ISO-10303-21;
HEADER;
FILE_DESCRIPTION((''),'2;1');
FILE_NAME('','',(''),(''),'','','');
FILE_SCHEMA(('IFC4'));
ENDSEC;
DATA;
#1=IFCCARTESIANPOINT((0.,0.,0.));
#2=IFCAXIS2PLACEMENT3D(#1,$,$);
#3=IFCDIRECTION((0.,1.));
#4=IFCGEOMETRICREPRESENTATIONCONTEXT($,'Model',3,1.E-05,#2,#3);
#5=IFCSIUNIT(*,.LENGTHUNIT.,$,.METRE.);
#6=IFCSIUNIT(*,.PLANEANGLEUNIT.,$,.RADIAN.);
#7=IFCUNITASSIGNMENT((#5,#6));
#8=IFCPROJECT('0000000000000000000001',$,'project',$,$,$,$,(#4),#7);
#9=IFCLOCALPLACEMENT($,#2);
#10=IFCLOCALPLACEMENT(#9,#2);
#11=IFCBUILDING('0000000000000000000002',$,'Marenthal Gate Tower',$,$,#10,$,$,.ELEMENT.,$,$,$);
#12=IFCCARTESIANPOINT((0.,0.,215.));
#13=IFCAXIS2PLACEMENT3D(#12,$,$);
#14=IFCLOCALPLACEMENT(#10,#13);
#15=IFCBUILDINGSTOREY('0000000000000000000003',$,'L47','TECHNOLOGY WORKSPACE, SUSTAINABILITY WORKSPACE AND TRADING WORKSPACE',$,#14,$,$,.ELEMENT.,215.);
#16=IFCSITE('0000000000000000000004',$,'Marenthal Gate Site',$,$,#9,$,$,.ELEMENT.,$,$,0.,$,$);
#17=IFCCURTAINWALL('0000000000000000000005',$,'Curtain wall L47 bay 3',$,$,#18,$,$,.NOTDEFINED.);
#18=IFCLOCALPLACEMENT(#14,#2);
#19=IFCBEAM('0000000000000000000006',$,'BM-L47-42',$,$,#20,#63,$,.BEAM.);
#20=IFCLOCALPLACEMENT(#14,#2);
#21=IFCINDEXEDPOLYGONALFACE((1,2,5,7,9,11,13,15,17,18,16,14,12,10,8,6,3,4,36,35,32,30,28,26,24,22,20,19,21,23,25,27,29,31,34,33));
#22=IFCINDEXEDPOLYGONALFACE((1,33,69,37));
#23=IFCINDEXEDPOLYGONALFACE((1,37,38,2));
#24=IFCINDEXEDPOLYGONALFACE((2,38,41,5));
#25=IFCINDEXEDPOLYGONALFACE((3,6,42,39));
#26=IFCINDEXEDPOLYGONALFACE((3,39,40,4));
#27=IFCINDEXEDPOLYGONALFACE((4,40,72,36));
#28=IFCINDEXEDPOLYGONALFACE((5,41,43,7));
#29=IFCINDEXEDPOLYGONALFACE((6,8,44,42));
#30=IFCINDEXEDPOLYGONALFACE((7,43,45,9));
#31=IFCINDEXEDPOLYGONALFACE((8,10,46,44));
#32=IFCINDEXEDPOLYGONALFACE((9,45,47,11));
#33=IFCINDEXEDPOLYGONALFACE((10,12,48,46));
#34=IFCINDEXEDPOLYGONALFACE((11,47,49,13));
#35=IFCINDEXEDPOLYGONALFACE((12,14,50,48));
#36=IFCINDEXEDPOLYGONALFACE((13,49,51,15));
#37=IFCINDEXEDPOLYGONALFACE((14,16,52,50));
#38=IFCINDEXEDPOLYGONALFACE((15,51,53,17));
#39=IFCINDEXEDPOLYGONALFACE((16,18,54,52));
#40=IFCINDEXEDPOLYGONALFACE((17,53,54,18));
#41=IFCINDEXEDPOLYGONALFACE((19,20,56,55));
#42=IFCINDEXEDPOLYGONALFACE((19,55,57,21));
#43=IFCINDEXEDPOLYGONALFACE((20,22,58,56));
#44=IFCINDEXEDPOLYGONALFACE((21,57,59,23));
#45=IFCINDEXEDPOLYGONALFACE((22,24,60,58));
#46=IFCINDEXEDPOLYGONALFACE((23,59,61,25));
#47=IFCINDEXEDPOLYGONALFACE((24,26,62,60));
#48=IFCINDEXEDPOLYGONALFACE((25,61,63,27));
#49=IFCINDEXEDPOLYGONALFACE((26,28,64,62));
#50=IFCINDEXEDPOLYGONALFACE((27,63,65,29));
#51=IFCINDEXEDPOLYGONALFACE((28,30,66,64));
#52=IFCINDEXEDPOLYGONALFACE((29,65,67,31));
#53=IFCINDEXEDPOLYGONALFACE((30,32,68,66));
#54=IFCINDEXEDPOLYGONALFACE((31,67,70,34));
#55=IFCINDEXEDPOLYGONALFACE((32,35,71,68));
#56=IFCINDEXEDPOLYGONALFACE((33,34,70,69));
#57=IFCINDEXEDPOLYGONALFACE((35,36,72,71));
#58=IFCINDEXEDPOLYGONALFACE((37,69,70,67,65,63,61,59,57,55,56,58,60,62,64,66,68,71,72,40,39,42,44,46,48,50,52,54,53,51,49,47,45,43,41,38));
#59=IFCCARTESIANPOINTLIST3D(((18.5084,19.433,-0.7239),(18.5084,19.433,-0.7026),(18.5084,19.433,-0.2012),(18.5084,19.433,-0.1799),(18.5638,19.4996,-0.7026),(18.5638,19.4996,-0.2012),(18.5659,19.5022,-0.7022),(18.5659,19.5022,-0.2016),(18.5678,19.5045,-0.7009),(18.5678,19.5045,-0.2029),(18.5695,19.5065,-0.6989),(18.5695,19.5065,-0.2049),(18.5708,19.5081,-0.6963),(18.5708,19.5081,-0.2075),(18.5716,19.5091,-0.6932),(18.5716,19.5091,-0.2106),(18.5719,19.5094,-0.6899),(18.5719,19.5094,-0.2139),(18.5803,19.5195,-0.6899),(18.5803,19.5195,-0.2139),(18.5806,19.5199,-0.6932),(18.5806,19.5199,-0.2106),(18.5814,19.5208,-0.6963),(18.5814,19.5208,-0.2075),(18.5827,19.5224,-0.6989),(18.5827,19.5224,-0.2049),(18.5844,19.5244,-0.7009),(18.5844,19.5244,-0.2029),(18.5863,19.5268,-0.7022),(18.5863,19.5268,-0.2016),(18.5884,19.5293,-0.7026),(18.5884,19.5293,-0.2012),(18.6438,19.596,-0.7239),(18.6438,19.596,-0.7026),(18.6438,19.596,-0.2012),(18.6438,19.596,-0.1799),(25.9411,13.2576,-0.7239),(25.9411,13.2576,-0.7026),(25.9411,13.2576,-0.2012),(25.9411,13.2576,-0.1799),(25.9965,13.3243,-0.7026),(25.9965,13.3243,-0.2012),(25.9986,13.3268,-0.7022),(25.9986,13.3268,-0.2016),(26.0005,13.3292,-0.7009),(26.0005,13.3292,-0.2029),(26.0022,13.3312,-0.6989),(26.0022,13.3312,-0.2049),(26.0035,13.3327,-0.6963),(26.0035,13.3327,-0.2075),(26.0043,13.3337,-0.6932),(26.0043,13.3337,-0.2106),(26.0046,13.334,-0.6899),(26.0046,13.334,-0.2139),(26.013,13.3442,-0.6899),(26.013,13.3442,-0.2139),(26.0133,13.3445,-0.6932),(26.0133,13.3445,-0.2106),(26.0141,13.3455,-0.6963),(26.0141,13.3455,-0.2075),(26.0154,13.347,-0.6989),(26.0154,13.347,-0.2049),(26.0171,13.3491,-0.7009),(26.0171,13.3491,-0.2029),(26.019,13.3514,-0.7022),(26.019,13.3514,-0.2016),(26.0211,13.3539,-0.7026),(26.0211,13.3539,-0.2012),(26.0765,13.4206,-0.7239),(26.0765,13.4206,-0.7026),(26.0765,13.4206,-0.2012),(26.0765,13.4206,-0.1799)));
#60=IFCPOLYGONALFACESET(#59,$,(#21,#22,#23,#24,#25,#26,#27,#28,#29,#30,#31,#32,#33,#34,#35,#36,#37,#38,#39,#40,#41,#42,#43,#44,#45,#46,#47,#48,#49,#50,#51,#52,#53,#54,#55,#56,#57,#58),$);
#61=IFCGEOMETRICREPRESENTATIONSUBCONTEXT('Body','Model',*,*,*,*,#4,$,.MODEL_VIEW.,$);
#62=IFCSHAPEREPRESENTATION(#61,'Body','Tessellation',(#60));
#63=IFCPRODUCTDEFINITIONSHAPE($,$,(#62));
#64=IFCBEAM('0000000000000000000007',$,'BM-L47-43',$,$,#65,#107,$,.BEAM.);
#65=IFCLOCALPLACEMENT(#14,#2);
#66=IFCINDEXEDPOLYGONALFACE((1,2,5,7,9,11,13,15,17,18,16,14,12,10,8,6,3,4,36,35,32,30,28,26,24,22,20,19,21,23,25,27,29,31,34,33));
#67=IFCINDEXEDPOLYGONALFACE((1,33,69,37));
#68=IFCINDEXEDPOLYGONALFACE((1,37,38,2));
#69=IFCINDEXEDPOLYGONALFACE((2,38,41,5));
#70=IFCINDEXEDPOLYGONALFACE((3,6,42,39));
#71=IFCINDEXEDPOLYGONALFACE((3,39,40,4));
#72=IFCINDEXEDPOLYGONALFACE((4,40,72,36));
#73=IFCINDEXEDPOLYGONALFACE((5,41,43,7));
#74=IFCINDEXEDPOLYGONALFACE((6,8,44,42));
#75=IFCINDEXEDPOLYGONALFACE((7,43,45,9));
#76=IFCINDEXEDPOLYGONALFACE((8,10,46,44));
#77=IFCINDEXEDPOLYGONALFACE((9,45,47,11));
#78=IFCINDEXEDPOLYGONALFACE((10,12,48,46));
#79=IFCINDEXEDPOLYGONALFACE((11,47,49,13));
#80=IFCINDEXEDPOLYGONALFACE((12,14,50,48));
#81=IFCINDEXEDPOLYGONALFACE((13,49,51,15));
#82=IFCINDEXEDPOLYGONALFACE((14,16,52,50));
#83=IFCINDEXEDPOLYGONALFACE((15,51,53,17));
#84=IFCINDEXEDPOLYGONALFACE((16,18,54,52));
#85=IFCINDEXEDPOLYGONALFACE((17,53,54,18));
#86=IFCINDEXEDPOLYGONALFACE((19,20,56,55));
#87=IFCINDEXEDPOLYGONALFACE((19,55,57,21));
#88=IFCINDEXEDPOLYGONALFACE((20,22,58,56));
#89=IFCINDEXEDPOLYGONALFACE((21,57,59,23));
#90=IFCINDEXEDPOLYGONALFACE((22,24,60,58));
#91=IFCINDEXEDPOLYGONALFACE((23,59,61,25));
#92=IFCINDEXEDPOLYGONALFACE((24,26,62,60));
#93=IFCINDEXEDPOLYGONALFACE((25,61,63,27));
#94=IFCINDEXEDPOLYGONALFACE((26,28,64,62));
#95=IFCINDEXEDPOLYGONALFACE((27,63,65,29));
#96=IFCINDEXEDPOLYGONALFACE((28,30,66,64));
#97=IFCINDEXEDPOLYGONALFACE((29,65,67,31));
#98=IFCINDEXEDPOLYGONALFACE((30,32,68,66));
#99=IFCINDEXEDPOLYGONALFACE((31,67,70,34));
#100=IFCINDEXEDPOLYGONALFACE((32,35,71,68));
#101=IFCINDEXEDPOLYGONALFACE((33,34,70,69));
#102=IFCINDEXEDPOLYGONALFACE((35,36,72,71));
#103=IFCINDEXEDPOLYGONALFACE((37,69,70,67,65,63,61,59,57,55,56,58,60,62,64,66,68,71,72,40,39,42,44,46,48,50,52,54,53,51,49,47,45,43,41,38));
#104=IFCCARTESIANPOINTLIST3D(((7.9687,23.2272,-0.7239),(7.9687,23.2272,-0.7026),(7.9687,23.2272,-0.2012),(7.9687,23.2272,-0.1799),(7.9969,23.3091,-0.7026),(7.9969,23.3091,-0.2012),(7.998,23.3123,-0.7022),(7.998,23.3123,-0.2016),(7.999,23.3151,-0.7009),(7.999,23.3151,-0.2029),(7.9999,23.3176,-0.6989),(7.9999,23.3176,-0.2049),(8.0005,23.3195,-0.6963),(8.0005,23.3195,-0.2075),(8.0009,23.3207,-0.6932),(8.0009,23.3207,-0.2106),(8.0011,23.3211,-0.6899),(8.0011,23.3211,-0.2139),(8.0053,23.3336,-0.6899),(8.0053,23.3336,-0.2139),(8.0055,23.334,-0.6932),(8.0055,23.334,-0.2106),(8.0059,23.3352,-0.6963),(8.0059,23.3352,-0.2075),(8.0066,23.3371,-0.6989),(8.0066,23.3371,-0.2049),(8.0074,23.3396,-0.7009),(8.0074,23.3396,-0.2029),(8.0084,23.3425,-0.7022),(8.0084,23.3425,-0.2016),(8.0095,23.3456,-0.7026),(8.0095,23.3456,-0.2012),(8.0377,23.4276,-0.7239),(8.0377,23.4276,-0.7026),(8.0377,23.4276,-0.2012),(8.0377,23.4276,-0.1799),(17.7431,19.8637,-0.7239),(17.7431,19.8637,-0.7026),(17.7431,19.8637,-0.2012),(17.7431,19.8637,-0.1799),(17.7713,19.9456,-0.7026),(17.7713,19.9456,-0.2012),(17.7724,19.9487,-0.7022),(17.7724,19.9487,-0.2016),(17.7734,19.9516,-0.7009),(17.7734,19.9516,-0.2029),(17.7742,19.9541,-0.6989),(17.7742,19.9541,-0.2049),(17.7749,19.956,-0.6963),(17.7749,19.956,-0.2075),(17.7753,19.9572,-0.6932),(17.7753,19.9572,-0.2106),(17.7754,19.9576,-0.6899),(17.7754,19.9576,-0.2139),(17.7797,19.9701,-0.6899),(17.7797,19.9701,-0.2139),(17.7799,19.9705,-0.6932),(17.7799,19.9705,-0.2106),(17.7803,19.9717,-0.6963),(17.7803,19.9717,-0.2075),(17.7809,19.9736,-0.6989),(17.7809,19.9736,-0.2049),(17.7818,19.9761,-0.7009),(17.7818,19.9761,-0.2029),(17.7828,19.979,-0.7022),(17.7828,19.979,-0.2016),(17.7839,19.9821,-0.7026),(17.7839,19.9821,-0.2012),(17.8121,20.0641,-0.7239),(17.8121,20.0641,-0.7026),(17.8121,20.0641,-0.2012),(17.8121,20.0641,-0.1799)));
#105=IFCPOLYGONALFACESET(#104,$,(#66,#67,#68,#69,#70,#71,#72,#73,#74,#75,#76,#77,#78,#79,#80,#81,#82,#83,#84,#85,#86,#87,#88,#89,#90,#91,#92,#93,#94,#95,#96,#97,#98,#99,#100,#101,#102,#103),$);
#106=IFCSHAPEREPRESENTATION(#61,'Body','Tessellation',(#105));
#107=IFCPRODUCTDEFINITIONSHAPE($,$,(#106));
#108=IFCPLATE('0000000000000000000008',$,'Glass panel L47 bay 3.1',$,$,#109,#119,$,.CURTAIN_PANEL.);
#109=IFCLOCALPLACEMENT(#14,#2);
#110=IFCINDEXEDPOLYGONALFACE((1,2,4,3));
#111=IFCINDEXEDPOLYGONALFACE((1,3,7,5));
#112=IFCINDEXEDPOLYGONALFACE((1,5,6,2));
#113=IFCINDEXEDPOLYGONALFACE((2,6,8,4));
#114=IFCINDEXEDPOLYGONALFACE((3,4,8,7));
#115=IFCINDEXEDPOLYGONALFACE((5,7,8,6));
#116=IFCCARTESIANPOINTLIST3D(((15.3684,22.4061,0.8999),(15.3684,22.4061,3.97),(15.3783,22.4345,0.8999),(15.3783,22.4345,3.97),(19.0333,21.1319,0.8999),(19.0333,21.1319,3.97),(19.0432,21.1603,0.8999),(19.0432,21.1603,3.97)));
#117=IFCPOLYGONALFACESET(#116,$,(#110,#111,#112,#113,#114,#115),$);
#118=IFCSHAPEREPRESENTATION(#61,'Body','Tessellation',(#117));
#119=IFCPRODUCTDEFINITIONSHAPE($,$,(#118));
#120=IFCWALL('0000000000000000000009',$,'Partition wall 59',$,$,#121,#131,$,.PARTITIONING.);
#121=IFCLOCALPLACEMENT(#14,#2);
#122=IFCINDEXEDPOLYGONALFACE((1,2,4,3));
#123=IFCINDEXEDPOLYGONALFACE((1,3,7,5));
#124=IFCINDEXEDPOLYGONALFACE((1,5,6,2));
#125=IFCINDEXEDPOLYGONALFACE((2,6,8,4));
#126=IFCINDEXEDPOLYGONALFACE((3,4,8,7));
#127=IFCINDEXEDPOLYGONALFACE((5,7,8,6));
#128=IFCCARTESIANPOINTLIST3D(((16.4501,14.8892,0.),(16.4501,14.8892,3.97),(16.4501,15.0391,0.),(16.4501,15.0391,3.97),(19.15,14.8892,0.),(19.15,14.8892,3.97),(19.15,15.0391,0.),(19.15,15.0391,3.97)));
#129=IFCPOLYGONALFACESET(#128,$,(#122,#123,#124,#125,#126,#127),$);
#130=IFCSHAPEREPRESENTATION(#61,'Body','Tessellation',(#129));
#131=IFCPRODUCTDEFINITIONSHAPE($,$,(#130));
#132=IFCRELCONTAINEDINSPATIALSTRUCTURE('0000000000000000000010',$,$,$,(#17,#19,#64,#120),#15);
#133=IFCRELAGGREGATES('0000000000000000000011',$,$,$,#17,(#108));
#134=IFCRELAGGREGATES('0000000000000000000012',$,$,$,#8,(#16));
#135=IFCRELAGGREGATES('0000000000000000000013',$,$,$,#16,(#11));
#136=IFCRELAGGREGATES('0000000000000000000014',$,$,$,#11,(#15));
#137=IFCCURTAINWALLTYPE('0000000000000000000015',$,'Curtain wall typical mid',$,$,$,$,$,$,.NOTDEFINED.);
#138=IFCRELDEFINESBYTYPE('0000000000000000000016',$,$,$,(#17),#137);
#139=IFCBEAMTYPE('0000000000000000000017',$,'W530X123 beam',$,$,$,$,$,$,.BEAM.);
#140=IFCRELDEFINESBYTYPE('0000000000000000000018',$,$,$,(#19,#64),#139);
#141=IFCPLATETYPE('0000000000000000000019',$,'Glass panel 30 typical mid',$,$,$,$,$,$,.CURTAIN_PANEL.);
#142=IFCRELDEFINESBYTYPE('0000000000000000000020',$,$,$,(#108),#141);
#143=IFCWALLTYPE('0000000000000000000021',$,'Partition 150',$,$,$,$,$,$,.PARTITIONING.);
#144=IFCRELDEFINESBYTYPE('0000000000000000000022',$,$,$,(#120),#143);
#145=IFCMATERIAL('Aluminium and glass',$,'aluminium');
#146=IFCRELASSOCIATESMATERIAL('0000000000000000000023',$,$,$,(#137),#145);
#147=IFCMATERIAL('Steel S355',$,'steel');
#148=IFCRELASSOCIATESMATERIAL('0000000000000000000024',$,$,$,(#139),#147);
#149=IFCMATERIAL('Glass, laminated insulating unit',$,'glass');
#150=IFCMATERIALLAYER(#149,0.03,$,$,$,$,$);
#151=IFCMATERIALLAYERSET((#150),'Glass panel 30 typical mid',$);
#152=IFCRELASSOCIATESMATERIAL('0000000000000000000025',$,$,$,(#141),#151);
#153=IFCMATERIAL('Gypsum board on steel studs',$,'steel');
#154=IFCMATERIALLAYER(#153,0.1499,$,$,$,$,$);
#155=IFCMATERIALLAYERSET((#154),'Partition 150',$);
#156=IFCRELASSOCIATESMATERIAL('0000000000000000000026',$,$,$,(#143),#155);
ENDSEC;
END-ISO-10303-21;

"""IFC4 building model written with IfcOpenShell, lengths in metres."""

from ifc_helpers import new_model, si_unit, direction, frame, frame_2d, origin, origin_2d, place, context, subcontext, project, spatial, rectangle, i_section, extrude, material, layer, layer_set, material_profile, profile_set, type_object, element, aggregate, save


model = new_model("IFC4")

# Units and contexts
model_context = context("Model", 3, precision=1e-05, world=origin(), true_north=direction((0.0, 1.0)))
body_context = subcontext(model_context, "Body", "Model", "MODEL_VIEW")
ifc_project = project(units=[si_unit("LENGTHUNIT", "METRE"), si_unit("PLANEANGLEUNIT", "RADIAN")], contexts=[model_context])

# Site, building, storey
site_placement = place(None, origin())
site = spatial("IfcSite", under=ifc_project, at=site_placement, Name="Marenthal Gate Site", CompositionType="ELEMENT", RefElevation=0.0)
building_placement = place(site_placement, origin())
building = spatial("IfcBuilding", under=site, at=building_placement, Name="Marenthal Gate Tower", CompositionType="ELEMENT")
storey_placement = place(building_placement, frame((0.0, 0.0, 215.0)))
storey = spatial("IfcBuildingStorey", under=building, at=storey_placement, Name="L47", Description="TECHNOLOGY WORKSPACE, SUSTAINABILITY WORKSPACE AND TRADING WORKSPACE", CompositionType="ELEMENT", Elevation=215.0)

# Shared definitions
ifc_material_1 = material(Name="Aluminium and glass", Category="aluminium")
curtain_wall_type = type_object("IfcCurtainWallType", Name="Curtain wall typical mid", PredefinedType="NOTDEFINED", material=ifc_material_1)

# Curtain wall
curtain_wall_1_placement = place(storey_placement, origin())
curtain_wall_1 = element("IfcCurtainWall", 1, at=curtain_wall_1_placement, inside=storey, type_object=curtain_wall_type, Name="Curtain wall L47 bay 3", PredefinedType="NOTDEFINED")

# Beams
ifc_material_2 = material(Name="Steel S355", Category="steel")
ifc_material_profile_1 = material_profile(ifc_material_2, i_section(OverallWidth=0.2119, OverallDepth=0.5439, WebThickness=0.0132, FlangeThickness=0.0212, FilletRadius=0.0127, at=origin_2d()), Name="W530X123")
ifc_profile_set_1 = profile_set([ifc_material_profile_1], Name="Steel S355")
beam_type_1 = type_object("IfcBeamType", Name="W530X123 beam", PredefinedType="BEAM", material=ifc_profile_set_1)
beam_1_placement = place(storey_placement, frame((26.0088, 13.3391, -0.4519), z_axis=(-0.769165, 0.639051, 0.0), x_axis=(-0.639051, -0.769165, 0.0)))
element("IfcBeam", 2, at=beam_1_placement, inside=storey, type_object=beam_type_1, Name="BM-L47-42", PredefinedType="BEAM", context=body_context, shape_type="SweptSolid", body=[
    extrude(i_section(OverallWidth=0.2119, OverallDepth=0.5439, WebThickness=0.0132, FlangeThickness=0.0212, FilletRadius=0.0127, at=origin_2d()), origin(), (0.0, 0.0, 1.0), 9.6633),
])
beam_2_placement = place(storey_placement, frame((17.7776, 19.9639, -0.4519), z_axis=(-0.94558, 0.325389, 0.0), x_axis=(-0.325389, -0.94558, 0.0)))
element("IfcBeam", 3, at=beam_2_placement, inside=storey, type_object=beam_type_1, Name="BM-L47-43", PredefinedType="BEAM", context=body_context, shape_type="SweptSolid", body=[
    extrude(i_section(OverallWidth=0.2119, OverallDepth=0.5439, WebThickness=0.0132, FlangeThickness=0.0212, FilletRadius=0.0127, at=origin_2d()), origin(), (0.0, 0.0, 1.0), 10.3369),
])

# Plate
ifc_material_3 = material(Name="Glass, laminated insulating unit", Category="glass")
ifc_layer_1 = layer(ifc_material_3, 0.03)
ifc_layer_set_1 = layer_set([ifc_layer_1], Name="Glass panel 30 typical mid")
plate_type = type_object("IfcPlateType", Name="Glass panel 30 typical mid", PredefinedType="CURTAIN_PANEL", material=ifc_layer_set_1)
plate_placement = place(storey_placement, frame((17.2058, 21.7832, 0.8999), z_axis=(0.0, 0.0, 1.0), x_axis=(-0.944539, 0.3284, 0.0)))
plate = element("IfcPlate", 4, at=plate_placement, type_object=plate_type, Name="Glass panel L47 bay 3.1", PredefinedType="CURTAIN_PANEL", context=body_context, shape_type="SweptSolid", body=[
    extrude(rectangle(XDim=3.8801, YDim=0.03, at=origin_2d()), origin(), (0.0, 0.0, 1.0), 3.0701),
])
aggregate(curtain_wall_1, [plate])

# Wall
ifc_material_4 = material(Name="Gypsum board on steel studs", Category="steel")
ifc_layer_2 = layer(ifc_material_4, 0.1499)
ifc_layer_set_2 = layer_set([ifc_layer_2], Name="Partition 150")
wall_type_1 = type_object("IfcWallType", Name="Partition 150", PredefinedType="PARTITIONING", material=ifc_layer_set_2)
wall_1_placement = place(storey_placement, frame((16.45, 14.9641, 0.0), z_axis=(0.0, 0.0, 1.0), x_axis=(1.0, 0.0, 0.0)))
element("IfcWall", 5, at=wall_1_placement, inside=storey, type_object=wall_type_1, Name="Partition wall 59", PredefinedType="PARTITIONING", context=body_context, shape_type="SweptSolid", body=[
    extrude(rectangle(XDim=2.7, YDim=0.1499, at=frame_2d((1.3501, 0.0))), origin(), (0.0, 0.0, 1.0), 3.97),
])

save(model, "model.ifc")
